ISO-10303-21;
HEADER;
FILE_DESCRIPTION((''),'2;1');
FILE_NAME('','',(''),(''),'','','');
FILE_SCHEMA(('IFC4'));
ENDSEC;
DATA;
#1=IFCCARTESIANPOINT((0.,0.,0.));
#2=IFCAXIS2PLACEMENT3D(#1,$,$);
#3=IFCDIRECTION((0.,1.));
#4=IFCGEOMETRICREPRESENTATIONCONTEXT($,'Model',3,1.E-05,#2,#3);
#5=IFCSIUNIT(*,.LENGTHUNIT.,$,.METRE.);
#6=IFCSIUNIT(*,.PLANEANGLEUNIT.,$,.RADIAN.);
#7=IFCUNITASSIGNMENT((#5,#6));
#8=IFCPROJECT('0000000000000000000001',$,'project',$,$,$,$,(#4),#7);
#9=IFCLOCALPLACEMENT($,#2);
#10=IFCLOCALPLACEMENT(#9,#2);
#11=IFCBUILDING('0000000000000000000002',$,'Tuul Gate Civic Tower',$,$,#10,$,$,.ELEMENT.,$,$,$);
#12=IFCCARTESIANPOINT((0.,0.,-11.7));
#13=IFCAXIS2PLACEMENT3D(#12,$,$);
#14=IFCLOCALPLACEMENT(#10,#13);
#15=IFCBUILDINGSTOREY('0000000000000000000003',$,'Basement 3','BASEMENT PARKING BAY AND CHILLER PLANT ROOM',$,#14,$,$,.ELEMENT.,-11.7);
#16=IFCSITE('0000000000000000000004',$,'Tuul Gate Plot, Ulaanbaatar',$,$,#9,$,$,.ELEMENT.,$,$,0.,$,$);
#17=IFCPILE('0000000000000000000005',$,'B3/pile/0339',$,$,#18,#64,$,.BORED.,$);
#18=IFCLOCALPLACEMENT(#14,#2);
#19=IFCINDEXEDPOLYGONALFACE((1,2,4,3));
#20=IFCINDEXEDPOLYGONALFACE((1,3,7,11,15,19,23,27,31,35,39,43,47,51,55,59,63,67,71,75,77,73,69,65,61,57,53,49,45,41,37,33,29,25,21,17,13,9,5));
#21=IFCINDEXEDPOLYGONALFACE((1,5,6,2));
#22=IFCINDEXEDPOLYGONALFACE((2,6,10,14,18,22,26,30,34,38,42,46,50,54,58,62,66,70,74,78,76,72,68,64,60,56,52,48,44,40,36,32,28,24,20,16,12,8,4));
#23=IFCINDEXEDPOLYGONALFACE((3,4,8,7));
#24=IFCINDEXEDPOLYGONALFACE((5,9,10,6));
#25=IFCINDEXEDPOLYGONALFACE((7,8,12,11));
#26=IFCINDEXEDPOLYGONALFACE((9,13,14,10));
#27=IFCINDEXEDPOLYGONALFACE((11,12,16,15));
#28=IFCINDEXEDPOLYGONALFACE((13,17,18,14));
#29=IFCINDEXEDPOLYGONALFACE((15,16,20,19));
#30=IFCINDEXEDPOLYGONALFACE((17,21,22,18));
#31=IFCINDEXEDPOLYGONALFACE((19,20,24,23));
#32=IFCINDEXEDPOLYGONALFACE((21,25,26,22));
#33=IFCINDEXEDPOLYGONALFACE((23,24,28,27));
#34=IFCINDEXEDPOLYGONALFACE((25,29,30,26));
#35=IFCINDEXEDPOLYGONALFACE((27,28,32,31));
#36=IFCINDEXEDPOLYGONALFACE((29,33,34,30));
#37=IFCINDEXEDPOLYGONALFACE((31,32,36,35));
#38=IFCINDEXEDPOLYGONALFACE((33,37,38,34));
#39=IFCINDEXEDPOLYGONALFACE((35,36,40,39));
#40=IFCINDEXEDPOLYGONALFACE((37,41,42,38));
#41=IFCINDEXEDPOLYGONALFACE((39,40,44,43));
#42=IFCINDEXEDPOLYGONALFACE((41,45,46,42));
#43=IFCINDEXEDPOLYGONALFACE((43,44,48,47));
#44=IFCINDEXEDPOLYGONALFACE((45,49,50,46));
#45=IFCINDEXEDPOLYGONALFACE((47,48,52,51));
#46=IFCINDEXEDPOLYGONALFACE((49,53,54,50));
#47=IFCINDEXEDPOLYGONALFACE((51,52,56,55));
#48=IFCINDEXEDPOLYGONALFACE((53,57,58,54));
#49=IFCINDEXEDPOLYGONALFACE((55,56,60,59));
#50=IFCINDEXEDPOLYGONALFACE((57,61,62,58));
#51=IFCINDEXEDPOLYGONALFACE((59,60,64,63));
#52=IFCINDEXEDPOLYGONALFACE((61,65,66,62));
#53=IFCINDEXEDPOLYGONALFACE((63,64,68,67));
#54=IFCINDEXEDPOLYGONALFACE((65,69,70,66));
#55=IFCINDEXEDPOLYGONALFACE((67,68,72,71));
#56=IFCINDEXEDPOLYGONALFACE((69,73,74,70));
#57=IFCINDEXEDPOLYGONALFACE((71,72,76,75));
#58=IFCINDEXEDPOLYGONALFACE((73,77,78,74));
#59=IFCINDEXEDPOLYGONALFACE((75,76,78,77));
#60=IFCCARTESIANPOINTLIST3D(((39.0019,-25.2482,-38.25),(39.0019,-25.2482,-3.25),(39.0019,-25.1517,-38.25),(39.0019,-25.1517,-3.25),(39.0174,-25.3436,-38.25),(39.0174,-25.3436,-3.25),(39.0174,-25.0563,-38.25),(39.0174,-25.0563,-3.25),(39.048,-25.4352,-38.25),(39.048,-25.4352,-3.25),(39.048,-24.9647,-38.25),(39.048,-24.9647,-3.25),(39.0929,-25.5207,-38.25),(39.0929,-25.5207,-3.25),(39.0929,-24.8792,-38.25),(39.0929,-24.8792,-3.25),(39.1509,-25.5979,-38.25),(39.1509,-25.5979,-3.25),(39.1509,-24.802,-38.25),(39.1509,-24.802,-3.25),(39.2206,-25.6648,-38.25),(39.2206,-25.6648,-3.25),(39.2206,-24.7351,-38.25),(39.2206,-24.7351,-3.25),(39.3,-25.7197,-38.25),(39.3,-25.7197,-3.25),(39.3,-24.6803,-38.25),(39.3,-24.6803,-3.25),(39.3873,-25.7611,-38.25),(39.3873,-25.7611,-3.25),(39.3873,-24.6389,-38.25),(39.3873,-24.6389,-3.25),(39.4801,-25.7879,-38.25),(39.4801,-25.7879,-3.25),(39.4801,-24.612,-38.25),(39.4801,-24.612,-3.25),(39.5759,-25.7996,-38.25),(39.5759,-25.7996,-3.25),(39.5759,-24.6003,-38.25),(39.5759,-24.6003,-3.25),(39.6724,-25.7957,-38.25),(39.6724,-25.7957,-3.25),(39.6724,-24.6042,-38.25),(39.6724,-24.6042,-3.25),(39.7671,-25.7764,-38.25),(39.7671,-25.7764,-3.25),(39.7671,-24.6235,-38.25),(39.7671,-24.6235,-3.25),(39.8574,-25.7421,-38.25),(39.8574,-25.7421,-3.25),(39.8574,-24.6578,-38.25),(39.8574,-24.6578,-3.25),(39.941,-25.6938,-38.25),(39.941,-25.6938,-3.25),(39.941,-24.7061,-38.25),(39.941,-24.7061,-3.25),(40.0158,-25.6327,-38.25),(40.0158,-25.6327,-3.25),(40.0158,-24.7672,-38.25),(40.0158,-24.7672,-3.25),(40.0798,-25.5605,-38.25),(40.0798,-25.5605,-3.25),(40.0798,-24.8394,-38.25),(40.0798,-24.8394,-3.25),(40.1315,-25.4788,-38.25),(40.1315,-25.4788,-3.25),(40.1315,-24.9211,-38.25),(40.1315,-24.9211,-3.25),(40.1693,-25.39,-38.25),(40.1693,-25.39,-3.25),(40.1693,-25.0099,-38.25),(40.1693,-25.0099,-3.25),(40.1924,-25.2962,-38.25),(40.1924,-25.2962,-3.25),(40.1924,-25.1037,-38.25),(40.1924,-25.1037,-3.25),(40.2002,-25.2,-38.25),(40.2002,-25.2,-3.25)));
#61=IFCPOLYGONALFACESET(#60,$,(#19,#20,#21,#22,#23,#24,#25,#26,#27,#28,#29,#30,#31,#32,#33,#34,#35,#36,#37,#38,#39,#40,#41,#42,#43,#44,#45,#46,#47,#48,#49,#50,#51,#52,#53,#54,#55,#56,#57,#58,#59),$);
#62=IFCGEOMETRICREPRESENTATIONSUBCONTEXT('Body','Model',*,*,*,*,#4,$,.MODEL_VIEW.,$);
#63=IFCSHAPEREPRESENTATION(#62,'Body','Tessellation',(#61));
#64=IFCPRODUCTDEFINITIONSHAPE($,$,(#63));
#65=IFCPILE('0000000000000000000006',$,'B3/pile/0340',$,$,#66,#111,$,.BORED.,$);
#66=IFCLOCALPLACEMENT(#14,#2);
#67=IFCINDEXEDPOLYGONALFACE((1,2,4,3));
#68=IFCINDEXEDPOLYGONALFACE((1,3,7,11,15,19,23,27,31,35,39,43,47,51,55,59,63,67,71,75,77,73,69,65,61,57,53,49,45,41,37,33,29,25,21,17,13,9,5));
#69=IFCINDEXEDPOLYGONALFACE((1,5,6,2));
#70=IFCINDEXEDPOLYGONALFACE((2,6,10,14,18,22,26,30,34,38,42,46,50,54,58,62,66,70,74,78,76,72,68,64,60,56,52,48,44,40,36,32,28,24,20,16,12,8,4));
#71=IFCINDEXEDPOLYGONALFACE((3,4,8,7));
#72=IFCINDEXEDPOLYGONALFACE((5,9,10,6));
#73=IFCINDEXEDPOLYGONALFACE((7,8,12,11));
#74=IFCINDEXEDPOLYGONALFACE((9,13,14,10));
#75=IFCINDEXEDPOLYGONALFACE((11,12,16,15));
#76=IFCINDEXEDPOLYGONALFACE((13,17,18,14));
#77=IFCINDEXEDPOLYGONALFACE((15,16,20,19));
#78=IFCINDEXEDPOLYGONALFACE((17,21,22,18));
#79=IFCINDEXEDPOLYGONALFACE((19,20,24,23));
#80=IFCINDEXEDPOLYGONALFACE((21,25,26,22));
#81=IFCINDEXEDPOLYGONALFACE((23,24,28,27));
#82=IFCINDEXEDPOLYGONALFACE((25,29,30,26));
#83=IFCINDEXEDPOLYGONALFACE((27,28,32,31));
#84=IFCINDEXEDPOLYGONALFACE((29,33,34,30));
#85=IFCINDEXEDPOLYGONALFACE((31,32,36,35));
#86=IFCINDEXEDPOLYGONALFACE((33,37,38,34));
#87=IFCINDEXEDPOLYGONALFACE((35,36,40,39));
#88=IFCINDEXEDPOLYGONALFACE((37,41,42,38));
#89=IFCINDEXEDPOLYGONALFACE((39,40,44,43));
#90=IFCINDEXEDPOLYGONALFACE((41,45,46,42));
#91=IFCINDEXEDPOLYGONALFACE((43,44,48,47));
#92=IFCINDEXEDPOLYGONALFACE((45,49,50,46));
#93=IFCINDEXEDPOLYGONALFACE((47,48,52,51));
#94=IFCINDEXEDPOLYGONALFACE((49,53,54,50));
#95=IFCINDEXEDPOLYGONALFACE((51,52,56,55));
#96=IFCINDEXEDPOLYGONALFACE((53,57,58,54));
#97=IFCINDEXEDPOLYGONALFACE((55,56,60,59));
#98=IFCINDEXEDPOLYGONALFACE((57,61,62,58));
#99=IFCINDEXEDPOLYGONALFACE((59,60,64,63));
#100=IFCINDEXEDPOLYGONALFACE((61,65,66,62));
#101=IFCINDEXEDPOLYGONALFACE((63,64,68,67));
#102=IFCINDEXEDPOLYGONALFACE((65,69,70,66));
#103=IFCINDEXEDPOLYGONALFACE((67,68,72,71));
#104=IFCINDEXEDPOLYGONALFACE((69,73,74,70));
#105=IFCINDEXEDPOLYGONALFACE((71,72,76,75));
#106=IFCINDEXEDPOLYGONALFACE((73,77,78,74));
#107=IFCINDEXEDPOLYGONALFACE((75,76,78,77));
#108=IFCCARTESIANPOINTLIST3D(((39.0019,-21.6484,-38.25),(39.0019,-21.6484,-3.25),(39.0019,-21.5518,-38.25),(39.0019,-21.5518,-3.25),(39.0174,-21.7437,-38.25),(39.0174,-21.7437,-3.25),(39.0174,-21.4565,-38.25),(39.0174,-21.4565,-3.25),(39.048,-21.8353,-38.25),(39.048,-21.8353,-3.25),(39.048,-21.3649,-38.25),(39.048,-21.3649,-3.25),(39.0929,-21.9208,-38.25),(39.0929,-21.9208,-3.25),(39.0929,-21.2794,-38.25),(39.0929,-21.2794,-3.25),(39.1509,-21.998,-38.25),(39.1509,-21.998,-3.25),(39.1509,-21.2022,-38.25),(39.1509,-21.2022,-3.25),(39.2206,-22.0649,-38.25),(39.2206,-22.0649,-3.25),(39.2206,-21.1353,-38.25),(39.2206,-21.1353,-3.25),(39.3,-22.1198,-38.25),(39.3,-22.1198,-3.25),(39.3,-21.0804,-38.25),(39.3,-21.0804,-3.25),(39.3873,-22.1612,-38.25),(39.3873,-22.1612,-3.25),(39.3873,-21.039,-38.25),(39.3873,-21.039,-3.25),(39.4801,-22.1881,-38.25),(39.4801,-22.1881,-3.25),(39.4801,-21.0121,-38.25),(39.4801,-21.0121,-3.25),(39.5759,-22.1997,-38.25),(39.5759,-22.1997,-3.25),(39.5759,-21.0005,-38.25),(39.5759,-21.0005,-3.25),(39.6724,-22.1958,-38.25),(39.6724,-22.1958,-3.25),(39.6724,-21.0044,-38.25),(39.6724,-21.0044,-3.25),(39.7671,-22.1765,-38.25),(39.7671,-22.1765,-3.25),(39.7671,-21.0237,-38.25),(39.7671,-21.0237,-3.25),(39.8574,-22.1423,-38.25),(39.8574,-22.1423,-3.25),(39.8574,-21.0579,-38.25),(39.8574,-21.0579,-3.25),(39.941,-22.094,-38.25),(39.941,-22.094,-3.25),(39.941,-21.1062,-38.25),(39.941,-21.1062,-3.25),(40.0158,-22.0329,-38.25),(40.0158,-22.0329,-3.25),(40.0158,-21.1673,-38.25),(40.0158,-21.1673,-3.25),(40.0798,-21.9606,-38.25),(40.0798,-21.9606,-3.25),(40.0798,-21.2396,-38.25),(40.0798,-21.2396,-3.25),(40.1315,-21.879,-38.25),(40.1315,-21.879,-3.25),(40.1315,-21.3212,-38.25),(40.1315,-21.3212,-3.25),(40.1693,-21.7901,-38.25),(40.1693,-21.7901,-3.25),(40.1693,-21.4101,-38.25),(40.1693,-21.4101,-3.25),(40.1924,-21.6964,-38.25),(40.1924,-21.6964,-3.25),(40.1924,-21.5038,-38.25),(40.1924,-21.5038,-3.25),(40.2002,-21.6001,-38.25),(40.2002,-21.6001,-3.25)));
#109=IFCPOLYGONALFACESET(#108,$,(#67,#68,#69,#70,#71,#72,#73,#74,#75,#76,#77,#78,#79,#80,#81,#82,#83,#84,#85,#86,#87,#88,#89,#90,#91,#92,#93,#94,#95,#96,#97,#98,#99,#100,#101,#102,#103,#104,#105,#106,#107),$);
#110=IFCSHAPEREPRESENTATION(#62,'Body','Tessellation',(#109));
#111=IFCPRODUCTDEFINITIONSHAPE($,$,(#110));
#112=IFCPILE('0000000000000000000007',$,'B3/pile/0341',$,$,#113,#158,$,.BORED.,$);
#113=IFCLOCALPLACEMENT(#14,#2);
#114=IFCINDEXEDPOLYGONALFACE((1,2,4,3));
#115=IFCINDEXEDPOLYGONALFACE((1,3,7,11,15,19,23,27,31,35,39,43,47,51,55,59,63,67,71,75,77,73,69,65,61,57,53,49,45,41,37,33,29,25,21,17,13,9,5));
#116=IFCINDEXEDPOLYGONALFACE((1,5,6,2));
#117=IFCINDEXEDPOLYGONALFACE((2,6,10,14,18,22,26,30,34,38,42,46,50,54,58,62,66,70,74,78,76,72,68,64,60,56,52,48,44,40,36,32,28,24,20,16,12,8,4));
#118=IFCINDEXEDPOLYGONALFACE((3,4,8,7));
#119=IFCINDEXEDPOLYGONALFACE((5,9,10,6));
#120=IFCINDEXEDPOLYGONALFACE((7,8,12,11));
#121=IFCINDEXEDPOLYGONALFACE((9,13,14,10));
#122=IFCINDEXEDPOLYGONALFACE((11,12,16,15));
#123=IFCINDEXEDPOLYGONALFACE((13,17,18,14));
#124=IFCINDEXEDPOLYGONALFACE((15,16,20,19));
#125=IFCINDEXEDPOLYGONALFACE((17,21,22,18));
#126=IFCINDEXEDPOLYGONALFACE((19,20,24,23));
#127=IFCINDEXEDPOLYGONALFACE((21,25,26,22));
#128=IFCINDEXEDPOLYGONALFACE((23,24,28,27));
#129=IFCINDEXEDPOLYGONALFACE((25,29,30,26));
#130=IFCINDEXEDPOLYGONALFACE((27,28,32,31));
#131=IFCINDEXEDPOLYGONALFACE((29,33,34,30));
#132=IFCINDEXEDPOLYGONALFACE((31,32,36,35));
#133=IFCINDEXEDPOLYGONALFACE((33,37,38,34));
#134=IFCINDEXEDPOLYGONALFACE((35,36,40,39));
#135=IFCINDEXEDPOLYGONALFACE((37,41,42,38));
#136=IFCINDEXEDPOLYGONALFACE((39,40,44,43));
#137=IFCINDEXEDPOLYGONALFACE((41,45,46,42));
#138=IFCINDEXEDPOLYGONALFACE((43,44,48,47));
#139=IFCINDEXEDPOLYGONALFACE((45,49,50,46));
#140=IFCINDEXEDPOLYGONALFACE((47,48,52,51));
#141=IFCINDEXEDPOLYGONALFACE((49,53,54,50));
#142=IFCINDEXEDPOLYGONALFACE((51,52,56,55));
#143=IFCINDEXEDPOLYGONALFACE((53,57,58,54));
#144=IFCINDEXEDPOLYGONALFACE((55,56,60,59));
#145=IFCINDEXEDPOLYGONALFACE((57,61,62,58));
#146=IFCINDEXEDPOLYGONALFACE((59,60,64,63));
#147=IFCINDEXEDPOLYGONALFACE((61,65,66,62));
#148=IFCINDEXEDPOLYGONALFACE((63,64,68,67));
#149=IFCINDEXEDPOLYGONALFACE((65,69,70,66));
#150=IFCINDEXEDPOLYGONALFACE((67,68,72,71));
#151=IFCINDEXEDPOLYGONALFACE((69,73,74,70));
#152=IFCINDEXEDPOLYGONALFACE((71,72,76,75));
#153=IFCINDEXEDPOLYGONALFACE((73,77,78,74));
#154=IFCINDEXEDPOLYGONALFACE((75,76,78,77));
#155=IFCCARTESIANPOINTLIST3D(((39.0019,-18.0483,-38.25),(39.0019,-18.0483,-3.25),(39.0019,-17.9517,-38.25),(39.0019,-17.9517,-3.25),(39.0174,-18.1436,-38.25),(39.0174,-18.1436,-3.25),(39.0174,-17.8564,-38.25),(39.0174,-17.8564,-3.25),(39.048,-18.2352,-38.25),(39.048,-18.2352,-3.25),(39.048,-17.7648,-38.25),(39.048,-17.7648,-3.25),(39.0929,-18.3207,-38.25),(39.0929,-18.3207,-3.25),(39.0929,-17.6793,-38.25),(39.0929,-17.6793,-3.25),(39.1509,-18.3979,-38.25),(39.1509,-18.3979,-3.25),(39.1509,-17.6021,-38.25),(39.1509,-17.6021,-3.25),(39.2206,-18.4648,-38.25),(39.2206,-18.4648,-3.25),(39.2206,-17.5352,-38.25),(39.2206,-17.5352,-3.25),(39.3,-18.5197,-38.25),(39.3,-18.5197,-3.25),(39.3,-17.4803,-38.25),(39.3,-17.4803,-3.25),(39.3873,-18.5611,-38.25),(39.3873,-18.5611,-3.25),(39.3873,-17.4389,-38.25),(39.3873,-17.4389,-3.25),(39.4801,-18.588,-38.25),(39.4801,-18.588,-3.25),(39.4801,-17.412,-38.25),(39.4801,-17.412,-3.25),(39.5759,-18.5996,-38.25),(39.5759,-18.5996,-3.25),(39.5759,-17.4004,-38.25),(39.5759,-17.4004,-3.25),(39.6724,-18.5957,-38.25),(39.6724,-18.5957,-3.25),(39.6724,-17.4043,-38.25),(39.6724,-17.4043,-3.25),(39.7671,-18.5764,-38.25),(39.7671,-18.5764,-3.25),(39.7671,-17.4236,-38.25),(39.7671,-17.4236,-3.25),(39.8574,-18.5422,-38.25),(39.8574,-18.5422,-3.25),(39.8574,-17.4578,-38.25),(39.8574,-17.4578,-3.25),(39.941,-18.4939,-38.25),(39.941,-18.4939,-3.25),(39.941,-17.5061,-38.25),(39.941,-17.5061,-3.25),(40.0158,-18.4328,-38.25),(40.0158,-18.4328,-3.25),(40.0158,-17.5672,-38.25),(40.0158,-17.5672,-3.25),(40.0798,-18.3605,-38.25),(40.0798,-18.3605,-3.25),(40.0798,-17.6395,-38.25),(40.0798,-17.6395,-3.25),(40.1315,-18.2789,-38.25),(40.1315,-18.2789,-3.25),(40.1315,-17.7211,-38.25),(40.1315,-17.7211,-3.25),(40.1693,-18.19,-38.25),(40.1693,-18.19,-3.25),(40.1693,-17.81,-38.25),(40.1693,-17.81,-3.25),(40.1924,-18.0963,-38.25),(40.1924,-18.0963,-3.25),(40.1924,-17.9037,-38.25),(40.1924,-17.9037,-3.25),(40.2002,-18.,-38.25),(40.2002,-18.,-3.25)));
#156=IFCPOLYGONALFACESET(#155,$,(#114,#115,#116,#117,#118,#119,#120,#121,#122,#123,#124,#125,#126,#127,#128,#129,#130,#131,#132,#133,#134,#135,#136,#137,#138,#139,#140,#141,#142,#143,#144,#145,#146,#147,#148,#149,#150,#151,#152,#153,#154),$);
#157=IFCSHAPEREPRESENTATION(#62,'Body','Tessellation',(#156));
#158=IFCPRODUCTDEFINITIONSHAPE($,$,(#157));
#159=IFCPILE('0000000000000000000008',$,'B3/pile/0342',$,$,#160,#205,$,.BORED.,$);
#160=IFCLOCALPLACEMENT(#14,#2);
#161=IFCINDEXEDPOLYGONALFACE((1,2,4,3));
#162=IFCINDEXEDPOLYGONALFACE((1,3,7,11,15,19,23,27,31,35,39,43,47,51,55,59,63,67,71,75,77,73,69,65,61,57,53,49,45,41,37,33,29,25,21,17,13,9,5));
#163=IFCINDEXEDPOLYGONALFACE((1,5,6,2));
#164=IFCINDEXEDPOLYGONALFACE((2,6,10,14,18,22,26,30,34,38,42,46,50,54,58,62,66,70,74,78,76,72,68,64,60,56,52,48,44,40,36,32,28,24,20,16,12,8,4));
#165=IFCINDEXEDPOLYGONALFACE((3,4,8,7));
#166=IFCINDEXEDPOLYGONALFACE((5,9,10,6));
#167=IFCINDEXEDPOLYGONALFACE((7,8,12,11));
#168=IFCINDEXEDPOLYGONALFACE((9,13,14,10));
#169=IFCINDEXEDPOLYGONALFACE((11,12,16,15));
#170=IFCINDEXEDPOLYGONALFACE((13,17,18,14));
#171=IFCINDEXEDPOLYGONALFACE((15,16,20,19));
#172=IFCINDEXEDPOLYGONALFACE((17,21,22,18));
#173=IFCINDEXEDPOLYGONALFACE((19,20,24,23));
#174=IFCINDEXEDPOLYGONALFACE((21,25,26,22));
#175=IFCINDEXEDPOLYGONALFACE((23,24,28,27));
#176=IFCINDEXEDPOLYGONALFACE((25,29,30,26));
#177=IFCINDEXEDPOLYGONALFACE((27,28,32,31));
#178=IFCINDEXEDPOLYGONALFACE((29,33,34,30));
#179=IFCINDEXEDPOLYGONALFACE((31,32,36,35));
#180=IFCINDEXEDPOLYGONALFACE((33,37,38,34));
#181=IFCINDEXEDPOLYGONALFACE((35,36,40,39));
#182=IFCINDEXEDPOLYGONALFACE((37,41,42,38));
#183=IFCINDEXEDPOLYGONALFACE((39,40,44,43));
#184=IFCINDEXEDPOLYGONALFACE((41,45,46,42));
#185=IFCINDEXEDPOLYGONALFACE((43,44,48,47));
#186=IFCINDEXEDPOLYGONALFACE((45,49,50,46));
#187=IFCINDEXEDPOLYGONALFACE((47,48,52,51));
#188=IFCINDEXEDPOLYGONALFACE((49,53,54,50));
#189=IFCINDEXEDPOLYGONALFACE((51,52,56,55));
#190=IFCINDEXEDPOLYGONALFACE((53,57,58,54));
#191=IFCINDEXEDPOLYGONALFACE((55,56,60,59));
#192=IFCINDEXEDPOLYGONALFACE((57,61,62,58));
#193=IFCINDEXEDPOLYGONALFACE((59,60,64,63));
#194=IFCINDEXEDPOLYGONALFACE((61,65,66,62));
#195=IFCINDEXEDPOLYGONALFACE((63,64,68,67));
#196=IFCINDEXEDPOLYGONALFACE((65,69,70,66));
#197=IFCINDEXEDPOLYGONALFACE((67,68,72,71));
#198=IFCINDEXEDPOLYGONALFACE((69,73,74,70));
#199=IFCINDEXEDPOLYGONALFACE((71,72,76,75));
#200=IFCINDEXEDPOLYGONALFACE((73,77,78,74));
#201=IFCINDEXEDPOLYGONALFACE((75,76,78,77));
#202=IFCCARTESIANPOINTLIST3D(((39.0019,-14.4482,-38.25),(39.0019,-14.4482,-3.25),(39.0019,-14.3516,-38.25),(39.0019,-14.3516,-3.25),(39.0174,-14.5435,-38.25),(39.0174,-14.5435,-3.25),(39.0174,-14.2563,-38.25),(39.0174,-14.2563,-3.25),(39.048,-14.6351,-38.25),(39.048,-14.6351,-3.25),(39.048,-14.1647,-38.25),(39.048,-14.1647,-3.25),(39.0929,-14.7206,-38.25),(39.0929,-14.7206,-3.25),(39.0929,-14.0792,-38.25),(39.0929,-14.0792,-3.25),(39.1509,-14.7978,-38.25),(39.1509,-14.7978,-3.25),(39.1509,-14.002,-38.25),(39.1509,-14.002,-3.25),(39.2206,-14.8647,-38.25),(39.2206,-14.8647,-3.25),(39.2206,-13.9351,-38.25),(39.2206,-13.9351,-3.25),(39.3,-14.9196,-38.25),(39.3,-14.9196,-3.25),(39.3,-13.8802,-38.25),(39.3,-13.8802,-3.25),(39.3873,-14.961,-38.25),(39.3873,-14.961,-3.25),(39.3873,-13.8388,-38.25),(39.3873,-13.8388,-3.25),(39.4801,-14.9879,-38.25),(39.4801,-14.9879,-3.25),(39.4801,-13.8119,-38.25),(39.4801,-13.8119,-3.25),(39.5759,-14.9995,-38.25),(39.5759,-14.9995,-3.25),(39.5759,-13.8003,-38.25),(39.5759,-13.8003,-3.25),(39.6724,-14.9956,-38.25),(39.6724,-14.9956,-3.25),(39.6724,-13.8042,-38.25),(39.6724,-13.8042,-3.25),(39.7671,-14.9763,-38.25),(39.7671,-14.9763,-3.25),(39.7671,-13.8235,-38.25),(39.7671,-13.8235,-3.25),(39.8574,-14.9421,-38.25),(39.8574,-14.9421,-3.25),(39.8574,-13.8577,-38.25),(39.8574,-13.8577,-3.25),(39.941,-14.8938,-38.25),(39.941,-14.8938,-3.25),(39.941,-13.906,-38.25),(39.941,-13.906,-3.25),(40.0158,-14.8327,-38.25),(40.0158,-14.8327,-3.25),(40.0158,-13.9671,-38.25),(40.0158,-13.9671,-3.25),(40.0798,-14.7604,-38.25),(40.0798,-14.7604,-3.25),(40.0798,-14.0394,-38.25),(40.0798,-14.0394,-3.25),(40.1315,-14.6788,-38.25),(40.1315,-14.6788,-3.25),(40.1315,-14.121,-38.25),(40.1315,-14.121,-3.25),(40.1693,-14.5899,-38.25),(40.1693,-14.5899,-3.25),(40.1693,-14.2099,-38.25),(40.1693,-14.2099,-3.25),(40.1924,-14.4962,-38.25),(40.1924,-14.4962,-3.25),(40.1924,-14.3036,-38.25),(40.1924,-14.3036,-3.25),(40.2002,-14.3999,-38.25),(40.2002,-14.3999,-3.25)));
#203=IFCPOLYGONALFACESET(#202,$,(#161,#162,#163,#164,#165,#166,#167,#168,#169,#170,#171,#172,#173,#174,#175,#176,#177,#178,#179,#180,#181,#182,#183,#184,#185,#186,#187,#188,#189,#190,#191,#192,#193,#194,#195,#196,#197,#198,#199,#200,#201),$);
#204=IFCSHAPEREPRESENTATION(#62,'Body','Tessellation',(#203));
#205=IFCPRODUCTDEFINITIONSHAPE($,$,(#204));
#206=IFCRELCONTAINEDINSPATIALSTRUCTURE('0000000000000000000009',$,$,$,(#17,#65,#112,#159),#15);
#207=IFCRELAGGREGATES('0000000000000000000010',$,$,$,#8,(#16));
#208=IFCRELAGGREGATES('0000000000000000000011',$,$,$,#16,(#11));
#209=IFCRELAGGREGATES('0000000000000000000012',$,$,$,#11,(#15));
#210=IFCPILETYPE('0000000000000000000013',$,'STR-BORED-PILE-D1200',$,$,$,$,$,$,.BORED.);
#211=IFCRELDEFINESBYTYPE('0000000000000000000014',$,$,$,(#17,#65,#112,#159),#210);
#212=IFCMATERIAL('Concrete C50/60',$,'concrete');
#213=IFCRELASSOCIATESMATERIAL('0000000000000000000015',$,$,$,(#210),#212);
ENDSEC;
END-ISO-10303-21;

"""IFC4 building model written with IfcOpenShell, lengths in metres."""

from ifc_helpers import new_model, si_unit, direction, frame, origin, origin_2d, place, context, subcontext, project, spatial, circle, extrude, material, material_profile, profile_set, type_object, element, save


model = new_model("IFC4")

# Units and contexts
model_context = context("Model", 3, precision=1e-05, world=origin(), true_north=direction((0.0, 1.0)))
body_context = subcontext(model_context, "Body", "Model", "MODEL_VIEW")
ifc_project = project(units=[si_unit("LENGTHUNIT", "METRE"), si_unit("PLANEANGLEUNIT", "RADIAN")], contexts=[model_context])

# Site, building, storey
site_placement = place(None, origin())
site = spatial("IfcSite", under=ifc_project, at=site_placement, Name="Tuul Gate Plot, Ulaanbaatar", CompositionType="ELEMENT", RefElevation=0.0)
building_placement = place(site_placement, origin())
building = spatial("IfcBuilding", under=site, at=building_placement, Name="Tuul Gate Civic Tower", CompositionType="ELEMENT")
storey_placement = place(building_placement, frame((0.0, 0.0, -11.7)))
storey = spatial("IfcBuildingStorey", under=building, at=storey_placement, Name="Basement 3", Description="BASEMENT PARKING BAY AND CHILLER PLANT ROOM", CompositionType="ELEMENT", Elevation=-11.7)

# Piles
ifc_material_1 = material(Name="Concrete C50/60", Category="concrete")
ifc_material_profile_1 = material_profile(ifc_material_1, circle(Radius=0.6001, at=origin_2d()), Name="PILE1200")
ifc_profile_set_1 = profile_set([ifc_material_profile_1], Name="Concrete C50/60")
pile_type = type_object("IfcPileType", Name="STR-BORED-PILE-D1200", PredefinedType="BORED", material=ifc_profile_set_1)
for number, where, z_axis, x_axis, name in (
    (1, (39.6001, -25.2, -3.25), (0.0, 0.0, -1.0), (1.0, 0.0, 0.0), "B3/pile/0339"),
    (2, (39.6001, -21.6001, -3.25), (0.0, 0.0, -1.0), (1.0, 0.0, 0.0), "B3/pile/0340"),
    (3, (39.6001, -18.0, -3.25), (0.0, 0.0, -1.0), (1.0, 0.0, 0.0), "B3/pile/0341"),
    (4, (39.6001, -14.3999, -3.25), (0.0, 0.0, -1.0), (1.0, 0.0, 0.0), "B3/pile/0342"),
):
    element("IfcPile", number, at=place(storey_placement, frame(where, z_axis=z_axis, x_axis=x_axis)), inside=storey, type_object=pile_type, Name=name, PredefinedType="BORED", context=body_context, shape_type="SweptSolid", body=[
        extrude(circle(Radius=0.6001, at=origin_2d()), origin(), (0.0, 0.0, 1.0), 35.0),
    ])

save(model, "model.ifc")
